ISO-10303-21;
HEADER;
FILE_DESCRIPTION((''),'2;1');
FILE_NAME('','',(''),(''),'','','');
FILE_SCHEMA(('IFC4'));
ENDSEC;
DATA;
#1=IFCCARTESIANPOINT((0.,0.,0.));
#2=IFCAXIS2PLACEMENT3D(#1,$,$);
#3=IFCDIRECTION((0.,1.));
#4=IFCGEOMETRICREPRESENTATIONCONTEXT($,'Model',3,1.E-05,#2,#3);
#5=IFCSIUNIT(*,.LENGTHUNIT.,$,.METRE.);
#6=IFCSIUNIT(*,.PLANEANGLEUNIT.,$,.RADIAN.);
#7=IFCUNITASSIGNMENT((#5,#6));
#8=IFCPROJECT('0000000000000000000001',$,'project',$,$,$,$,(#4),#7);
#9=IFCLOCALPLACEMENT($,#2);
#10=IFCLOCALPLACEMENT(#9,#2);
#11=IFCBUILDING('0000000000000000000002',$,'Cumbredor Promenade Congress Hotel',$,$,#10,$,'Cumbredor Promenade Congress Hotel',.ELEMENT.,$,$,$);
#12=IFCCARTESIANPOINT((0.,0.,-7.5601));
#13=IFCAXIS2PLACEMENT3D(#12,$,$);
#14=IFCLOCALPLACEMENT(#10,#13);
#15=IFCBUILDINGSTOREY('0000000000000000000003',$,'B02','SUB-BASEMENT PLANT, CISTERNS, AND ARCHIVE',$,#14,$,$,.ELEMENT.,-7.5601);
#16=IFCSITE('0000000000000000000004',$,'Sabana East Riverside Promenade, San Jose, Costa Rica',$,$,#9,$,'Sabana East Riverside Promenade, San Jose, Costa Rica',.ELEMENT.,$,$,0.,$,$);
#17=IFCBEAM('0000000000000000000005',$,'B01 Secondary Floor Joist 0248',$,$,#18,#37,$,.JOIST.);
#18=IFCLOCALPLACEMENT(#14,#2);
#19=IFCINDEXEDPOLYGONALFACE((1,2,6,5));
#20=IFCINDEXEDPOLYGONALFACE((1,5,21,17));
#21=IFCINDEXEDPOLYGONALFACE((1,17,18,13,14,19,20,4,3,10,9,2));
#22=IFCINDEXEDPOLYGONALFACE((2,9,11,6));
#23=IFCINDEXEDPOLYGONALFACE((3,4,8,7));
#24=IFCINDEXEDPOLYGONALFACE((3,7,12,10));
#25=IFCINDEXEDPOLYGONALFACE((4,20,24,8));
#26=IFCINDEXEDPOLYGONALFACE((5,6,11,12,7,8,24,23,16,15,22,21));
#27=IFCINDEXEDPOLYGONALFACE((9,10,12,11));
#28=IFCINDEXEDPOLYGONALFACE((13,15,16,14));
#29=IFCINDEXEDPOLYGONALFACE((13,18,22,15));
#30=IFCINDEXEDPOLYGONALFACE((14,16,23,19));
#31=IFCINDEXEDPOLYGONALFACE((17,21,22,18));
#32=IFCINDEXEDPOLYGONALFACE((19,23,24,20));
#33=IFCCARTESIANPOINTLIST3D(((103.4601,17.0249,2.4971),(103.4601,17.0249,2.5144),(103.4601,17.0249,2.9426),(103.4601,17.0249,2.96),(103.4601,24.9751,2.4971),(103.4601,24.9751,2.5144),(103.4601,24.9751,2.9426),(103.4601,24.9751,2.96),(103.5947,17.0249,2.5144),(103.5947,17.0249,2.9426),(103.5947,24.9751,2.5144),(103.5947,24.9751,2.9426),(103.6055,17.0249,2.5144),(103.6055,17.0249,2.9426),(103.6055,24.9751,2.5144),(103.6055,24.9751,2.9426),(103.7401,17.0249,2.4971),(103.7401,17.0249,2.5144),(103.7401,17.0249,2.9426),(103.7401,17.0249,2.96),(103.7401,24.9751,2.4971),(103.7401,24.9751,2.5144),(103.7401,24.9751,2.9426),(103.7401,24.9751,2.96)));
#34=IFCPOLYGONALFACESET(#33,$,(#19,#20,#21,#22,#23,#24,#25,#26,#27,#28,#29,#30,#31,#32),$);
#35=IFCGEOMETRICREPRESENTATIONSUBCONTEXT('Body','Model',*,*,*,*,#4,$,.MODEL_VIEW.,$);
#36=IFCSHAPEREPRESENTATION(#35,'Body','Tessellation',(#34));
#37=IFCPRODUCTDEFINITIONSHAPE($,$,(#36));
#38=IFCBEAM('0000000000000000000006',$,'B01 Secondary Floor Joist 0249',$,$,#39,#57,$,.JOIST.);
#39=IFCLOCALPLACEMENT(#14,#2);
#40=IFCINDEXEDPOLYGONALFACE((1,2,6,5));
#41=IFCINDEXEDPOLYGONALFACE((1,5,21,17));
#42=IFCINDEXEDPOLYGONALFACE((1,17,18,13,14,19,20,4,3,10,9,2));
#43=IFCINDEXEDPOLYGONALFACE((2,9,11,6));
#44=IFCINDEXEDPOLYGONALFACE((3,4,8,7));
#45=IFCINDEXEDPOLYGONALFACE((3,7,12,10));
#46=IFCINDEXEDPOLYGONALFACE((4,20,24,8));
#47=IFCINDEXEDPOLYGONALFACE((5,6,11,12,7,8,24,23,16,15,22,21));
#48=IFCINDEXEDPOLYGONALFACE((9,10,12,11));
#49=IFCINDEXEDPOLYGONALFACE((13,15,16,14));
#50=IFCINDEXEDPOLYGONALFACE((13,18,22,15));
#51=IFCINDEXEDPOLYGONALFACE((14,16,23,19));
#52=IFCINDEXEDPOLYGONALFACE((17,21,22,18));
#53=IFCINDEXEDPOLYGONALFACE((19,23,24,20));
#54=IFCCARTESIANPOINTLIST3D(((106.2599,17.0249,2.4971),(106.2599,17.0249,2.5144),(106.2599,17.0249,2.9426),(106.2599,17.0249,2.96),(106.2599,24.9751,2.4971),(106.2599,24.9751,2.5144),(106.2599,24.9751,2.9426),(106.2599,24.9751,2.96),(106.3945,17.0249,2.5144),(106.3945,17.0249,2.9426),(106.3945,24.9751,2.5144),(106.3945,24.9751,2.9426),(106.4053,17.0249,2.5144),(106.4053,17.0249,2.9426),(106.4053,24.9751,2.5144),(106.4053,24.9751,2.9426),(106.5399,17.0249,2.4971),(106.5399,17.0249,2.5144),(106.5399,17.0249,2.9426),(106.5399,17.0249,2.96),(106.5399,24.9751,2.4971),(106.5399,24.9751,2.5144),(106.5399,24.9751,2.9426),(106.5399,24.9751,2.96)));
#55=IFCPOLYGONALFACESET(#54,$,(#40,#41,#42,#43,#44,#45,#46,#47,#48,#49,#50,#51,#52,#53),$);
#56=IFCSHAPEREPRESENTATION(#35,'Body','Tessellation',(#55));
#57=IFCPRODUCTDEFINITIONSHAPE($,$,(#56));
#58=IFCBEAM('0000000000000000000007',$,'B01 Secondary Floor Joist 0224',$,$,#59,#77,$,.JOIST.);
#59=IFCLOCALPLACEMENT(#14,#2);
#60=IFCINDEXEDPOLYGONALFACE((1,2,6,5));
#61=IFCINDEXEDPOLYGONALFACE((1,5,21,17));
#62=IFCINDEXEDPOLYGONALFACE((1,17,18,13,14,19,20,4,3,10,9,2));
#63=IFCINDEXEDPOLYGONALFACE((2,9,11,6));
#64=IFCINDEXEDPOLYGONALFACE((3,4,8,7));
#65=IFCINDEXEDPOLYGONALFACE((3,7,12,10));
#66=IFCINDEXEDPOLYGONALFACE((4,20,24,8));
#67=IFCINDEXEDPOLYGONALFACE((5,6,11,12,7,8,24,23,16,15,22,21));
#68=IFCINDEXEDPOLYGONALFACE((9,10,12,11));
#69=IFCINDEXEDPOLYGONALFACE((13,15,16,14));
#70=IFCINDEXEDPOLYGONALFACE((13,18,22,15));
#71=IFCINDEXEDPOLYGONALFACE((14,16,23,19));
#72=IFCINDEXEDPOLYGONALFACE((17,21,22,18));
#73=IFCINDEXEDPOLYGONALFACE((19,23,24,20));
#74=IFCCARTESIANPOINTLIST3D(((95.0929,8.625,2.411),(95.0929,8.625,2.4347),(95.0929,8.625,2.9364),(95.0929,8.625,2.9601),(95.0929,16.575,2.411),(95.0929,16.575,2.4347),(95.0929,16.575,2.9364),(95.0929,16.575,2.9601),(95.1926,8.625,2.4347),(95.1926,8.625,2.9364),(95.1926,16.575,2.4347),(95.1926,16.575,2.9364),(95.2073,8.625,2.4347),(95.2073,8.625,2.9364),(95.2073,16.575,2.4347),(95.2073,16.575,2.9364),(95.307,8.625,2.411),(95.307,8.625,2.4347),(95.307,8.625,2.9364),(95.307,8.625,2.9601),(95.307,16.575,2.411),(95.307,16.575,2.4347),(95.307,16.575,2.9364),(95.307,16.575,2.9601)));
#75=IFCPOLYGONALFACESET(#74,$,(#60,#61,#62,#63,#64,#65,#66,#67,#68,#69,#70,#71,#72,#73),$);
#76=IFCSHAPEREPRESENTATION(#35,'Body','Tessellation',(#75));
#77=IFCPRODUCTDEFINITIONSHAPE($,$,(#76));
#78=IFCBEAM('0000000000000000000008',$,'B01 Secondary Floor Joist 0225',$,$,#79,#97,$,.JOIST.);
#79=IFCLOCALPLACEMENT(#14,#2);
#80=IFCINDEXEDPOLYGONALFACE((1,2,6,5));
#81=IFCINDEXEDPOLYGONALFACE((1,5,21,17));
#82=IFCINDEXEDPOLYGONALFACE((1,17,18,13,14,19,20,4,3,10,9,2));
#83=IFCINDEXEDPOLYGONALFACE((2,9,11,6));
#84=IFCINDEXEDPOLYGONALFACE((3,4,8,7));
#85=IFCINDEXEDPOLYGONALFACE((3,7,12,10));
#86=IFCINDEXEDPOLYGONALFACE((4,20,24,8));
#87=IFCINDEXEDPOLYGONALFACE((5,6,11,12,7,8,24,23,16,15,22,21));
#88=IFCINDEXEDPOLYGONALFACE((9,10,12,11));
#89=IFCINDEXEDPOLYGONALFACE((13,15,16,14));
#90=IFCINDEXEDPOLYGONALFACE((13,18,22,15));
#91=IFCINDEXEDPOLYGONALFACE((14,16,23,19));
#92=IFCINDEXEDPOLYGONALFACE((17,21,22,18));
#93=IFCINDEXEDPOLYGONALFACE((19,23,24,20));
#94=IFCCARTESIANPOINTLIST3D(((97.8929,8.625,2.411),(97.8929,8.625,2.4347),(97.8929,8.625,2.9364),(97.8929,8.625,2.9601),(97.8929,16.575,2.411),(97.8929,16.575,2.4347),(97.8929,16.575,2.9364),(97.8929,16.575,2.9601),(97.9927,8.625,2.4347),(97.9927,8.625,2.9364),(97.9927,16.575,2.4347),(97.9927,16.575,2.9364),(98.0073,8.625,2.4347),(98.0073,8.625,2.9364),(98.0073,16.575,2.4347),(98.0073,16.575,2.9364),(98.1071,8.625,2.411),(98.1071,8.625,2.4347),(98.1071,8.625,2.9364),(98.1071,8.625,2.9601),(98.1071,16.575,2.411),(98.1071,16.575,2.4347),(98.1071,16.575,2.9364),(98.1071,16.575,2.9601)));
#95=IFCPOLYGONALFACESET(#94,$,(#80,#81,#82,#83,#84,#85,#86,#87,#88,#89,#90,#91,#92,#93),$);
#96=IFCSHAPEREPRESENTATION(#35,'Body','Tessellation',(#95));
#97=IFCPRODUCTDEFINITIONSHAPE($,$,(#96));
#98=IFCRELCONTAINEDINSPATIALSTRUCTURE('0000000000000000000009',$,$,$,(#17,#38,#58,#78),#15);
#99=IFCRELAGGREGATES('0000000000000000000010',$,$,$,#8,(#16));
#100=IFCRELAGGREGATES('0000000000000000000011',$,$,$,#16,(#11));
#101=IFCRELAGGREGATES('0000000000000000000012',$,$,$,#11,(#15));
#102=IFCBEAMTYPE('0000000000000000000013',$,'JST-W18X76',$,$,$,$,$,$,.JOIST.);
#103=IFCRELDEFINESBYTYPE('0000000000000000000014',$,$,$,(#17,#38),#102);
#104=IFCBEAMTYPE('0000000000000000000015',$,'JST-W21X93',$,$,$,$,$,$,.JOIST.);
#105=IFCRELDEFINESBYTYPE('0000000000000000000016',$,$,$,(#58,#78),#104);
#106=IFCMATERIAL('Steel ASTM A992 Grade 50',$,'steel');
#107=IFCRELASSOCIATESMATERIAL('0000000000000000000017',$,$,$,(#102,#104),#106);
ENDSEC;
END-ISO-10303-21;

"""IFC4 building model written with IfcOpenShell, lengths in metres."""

from ifc_helpers import new_model, si_unit, direction, frame, origin, origin_2d, place, context, subcontext, project, spatial, i_section, extrude, material, material_profile, profile_set, type_object, element, save


model = new_model("IFC4")

# Units and contexts
model_context = context("Model", 3, precision=1e-05, world=origin(), true_north=direction((0.0, 1.0)))
body_context = subcontext(model_context, "Body", "Model", "MODEL_VIEW")
ifc_project = project(units=[si_unit("LENGTHUNIT", "METRE"), si_unit("PLANEANGLEUNIT", "RADIAN")], contexts=[model_context])

# Site, building, storey
site_placement = place(None, origin())
site = spatial("IfcSite", under=ifc_project, at=site_placement, Name="Sabana East Riverside Promenade, San Jose, Costa Rica", LongName="Sabana East Riverside Promenade, San Jose, Costa Rica", CompositionType="ELEMENT", RefElevation=0.0)
building_placement = place(site_placement, origin())
building = spatial("IfcBuilding", under=site, at=building_placement, Name="Cumbredor Promenade Congress Hotel", LongName="Cumbredor Promenade Congress Hotel", CompositionType="ELEMENT")
storey_placement = place(building_placement, frame((0.0, 0.0, -7.5601)))
storey = spatial("IfcBuildingStorey", under=building, at=storey_placement, Name="B02", Description="SUB-BASEMENT PLANT, CISTERNS, AND ARCHIVE", CompositionType="ELEMENT", Elevation=-7.5601)

# Beams
ifc_material_1 = material(Name="Steel ASTM A992 Grade 50", Category="steel")
ifc_material_profile_1 = material_profile(ifc_material_1, i_section(OverallWidth=0.28, OverallDepth=0.4629, WebThickness=0.0107, FlangeThickness=0.0173, at=origin_2d()), Name="W18X76")
ifc_profile_set_1 = profile_set([ifc_material_profile_1], Name="Steel ASTM A992 Grade 50")
beam_type_1 = type_object("IfcBeamType", Name="JST-W18X76", PredefinedType="JOIST", material=ifc_profile_set_1)
for number, where, z_axis, x_axis, name in (
    (1, (103.6001, 17.0249, 2.7285), (0.0, 1.0, 0.0), (-1.0, 0.0, 0.0), "B01 Secondary Floor Joist 0248"),
    (2, (106.3999, 17.0249, 2.7285), (0.0, 1.0, 0.0), (-1.0, 0.0, 0.0), "B01 Secondary Floor Joist 0249"),
):
    element("IfcBeam", number, at=place(storey_placement, frame(where, z_axis=z_axis, x_axis=x_axis)), inside=storey, type_object=beam_type_1, Name=name, PredefinedType="JOIST", context=body_context, shape_type="SweptSolid", body=[
        extrude(i_section(OverallWidth=0.28, OverallDepth=0.4629, WebThickness=0.0107, FlangeThickness=0.0173, at=origin_2d()), origin(), (0.0, 0.0, 1.0), 7.9502),
    ])
ifc_material_profile_2 = material_profile(ifc_material_1, i_section(OverallWidth=0.2141, OverallDepth=0.5491, WebThickness=0.0146, FlangeThickness=0.0237, at=origin_2d()), Name="W21X93")
ifc_profile_set_2 = profile_set([ifc_material_profile_2], Name="Steel ASTM A992 Grade 50")
beam_type_2 = type_object("IfcBeamType", Name="JST-W21X93", PredefinedType="JOIST", material=ifc_profile_set_2)
for number, where, z_axis, x_axis, name in (
    (3, (95.2, 8.625, 2.6855), (0.0, 1.0, 0.0), (-1.0, 0.0, 0.0), "B01 Secondary Floor Joist 0224"),
    (4, (98.0, 8.625, 2.6855), (0.0, 1.0, 0.0), (-1.0, 0.0, 0.0), "B01 Secondary Floor Joist 0225"),
):
    element("IfcBeam", number, at=place(storey_placement, frame(where, z_axis=z_axis, x_axis=x_axis)), inside=storey, type_object=beam_type_2, Name=name, PredefinedType="JOIST", context=body_context, shape_type="SweptSolid", body=[
        extrude(i_section(OverallWidth=0.2141, OverallDepth=0.5491, WebThickness=0.0146, FlangeThickness=0.0237, at=origin_2d()), origin(), (0.0, 0.0, 1.0), 7.95),
    ])

save(model, "model.ifc")
